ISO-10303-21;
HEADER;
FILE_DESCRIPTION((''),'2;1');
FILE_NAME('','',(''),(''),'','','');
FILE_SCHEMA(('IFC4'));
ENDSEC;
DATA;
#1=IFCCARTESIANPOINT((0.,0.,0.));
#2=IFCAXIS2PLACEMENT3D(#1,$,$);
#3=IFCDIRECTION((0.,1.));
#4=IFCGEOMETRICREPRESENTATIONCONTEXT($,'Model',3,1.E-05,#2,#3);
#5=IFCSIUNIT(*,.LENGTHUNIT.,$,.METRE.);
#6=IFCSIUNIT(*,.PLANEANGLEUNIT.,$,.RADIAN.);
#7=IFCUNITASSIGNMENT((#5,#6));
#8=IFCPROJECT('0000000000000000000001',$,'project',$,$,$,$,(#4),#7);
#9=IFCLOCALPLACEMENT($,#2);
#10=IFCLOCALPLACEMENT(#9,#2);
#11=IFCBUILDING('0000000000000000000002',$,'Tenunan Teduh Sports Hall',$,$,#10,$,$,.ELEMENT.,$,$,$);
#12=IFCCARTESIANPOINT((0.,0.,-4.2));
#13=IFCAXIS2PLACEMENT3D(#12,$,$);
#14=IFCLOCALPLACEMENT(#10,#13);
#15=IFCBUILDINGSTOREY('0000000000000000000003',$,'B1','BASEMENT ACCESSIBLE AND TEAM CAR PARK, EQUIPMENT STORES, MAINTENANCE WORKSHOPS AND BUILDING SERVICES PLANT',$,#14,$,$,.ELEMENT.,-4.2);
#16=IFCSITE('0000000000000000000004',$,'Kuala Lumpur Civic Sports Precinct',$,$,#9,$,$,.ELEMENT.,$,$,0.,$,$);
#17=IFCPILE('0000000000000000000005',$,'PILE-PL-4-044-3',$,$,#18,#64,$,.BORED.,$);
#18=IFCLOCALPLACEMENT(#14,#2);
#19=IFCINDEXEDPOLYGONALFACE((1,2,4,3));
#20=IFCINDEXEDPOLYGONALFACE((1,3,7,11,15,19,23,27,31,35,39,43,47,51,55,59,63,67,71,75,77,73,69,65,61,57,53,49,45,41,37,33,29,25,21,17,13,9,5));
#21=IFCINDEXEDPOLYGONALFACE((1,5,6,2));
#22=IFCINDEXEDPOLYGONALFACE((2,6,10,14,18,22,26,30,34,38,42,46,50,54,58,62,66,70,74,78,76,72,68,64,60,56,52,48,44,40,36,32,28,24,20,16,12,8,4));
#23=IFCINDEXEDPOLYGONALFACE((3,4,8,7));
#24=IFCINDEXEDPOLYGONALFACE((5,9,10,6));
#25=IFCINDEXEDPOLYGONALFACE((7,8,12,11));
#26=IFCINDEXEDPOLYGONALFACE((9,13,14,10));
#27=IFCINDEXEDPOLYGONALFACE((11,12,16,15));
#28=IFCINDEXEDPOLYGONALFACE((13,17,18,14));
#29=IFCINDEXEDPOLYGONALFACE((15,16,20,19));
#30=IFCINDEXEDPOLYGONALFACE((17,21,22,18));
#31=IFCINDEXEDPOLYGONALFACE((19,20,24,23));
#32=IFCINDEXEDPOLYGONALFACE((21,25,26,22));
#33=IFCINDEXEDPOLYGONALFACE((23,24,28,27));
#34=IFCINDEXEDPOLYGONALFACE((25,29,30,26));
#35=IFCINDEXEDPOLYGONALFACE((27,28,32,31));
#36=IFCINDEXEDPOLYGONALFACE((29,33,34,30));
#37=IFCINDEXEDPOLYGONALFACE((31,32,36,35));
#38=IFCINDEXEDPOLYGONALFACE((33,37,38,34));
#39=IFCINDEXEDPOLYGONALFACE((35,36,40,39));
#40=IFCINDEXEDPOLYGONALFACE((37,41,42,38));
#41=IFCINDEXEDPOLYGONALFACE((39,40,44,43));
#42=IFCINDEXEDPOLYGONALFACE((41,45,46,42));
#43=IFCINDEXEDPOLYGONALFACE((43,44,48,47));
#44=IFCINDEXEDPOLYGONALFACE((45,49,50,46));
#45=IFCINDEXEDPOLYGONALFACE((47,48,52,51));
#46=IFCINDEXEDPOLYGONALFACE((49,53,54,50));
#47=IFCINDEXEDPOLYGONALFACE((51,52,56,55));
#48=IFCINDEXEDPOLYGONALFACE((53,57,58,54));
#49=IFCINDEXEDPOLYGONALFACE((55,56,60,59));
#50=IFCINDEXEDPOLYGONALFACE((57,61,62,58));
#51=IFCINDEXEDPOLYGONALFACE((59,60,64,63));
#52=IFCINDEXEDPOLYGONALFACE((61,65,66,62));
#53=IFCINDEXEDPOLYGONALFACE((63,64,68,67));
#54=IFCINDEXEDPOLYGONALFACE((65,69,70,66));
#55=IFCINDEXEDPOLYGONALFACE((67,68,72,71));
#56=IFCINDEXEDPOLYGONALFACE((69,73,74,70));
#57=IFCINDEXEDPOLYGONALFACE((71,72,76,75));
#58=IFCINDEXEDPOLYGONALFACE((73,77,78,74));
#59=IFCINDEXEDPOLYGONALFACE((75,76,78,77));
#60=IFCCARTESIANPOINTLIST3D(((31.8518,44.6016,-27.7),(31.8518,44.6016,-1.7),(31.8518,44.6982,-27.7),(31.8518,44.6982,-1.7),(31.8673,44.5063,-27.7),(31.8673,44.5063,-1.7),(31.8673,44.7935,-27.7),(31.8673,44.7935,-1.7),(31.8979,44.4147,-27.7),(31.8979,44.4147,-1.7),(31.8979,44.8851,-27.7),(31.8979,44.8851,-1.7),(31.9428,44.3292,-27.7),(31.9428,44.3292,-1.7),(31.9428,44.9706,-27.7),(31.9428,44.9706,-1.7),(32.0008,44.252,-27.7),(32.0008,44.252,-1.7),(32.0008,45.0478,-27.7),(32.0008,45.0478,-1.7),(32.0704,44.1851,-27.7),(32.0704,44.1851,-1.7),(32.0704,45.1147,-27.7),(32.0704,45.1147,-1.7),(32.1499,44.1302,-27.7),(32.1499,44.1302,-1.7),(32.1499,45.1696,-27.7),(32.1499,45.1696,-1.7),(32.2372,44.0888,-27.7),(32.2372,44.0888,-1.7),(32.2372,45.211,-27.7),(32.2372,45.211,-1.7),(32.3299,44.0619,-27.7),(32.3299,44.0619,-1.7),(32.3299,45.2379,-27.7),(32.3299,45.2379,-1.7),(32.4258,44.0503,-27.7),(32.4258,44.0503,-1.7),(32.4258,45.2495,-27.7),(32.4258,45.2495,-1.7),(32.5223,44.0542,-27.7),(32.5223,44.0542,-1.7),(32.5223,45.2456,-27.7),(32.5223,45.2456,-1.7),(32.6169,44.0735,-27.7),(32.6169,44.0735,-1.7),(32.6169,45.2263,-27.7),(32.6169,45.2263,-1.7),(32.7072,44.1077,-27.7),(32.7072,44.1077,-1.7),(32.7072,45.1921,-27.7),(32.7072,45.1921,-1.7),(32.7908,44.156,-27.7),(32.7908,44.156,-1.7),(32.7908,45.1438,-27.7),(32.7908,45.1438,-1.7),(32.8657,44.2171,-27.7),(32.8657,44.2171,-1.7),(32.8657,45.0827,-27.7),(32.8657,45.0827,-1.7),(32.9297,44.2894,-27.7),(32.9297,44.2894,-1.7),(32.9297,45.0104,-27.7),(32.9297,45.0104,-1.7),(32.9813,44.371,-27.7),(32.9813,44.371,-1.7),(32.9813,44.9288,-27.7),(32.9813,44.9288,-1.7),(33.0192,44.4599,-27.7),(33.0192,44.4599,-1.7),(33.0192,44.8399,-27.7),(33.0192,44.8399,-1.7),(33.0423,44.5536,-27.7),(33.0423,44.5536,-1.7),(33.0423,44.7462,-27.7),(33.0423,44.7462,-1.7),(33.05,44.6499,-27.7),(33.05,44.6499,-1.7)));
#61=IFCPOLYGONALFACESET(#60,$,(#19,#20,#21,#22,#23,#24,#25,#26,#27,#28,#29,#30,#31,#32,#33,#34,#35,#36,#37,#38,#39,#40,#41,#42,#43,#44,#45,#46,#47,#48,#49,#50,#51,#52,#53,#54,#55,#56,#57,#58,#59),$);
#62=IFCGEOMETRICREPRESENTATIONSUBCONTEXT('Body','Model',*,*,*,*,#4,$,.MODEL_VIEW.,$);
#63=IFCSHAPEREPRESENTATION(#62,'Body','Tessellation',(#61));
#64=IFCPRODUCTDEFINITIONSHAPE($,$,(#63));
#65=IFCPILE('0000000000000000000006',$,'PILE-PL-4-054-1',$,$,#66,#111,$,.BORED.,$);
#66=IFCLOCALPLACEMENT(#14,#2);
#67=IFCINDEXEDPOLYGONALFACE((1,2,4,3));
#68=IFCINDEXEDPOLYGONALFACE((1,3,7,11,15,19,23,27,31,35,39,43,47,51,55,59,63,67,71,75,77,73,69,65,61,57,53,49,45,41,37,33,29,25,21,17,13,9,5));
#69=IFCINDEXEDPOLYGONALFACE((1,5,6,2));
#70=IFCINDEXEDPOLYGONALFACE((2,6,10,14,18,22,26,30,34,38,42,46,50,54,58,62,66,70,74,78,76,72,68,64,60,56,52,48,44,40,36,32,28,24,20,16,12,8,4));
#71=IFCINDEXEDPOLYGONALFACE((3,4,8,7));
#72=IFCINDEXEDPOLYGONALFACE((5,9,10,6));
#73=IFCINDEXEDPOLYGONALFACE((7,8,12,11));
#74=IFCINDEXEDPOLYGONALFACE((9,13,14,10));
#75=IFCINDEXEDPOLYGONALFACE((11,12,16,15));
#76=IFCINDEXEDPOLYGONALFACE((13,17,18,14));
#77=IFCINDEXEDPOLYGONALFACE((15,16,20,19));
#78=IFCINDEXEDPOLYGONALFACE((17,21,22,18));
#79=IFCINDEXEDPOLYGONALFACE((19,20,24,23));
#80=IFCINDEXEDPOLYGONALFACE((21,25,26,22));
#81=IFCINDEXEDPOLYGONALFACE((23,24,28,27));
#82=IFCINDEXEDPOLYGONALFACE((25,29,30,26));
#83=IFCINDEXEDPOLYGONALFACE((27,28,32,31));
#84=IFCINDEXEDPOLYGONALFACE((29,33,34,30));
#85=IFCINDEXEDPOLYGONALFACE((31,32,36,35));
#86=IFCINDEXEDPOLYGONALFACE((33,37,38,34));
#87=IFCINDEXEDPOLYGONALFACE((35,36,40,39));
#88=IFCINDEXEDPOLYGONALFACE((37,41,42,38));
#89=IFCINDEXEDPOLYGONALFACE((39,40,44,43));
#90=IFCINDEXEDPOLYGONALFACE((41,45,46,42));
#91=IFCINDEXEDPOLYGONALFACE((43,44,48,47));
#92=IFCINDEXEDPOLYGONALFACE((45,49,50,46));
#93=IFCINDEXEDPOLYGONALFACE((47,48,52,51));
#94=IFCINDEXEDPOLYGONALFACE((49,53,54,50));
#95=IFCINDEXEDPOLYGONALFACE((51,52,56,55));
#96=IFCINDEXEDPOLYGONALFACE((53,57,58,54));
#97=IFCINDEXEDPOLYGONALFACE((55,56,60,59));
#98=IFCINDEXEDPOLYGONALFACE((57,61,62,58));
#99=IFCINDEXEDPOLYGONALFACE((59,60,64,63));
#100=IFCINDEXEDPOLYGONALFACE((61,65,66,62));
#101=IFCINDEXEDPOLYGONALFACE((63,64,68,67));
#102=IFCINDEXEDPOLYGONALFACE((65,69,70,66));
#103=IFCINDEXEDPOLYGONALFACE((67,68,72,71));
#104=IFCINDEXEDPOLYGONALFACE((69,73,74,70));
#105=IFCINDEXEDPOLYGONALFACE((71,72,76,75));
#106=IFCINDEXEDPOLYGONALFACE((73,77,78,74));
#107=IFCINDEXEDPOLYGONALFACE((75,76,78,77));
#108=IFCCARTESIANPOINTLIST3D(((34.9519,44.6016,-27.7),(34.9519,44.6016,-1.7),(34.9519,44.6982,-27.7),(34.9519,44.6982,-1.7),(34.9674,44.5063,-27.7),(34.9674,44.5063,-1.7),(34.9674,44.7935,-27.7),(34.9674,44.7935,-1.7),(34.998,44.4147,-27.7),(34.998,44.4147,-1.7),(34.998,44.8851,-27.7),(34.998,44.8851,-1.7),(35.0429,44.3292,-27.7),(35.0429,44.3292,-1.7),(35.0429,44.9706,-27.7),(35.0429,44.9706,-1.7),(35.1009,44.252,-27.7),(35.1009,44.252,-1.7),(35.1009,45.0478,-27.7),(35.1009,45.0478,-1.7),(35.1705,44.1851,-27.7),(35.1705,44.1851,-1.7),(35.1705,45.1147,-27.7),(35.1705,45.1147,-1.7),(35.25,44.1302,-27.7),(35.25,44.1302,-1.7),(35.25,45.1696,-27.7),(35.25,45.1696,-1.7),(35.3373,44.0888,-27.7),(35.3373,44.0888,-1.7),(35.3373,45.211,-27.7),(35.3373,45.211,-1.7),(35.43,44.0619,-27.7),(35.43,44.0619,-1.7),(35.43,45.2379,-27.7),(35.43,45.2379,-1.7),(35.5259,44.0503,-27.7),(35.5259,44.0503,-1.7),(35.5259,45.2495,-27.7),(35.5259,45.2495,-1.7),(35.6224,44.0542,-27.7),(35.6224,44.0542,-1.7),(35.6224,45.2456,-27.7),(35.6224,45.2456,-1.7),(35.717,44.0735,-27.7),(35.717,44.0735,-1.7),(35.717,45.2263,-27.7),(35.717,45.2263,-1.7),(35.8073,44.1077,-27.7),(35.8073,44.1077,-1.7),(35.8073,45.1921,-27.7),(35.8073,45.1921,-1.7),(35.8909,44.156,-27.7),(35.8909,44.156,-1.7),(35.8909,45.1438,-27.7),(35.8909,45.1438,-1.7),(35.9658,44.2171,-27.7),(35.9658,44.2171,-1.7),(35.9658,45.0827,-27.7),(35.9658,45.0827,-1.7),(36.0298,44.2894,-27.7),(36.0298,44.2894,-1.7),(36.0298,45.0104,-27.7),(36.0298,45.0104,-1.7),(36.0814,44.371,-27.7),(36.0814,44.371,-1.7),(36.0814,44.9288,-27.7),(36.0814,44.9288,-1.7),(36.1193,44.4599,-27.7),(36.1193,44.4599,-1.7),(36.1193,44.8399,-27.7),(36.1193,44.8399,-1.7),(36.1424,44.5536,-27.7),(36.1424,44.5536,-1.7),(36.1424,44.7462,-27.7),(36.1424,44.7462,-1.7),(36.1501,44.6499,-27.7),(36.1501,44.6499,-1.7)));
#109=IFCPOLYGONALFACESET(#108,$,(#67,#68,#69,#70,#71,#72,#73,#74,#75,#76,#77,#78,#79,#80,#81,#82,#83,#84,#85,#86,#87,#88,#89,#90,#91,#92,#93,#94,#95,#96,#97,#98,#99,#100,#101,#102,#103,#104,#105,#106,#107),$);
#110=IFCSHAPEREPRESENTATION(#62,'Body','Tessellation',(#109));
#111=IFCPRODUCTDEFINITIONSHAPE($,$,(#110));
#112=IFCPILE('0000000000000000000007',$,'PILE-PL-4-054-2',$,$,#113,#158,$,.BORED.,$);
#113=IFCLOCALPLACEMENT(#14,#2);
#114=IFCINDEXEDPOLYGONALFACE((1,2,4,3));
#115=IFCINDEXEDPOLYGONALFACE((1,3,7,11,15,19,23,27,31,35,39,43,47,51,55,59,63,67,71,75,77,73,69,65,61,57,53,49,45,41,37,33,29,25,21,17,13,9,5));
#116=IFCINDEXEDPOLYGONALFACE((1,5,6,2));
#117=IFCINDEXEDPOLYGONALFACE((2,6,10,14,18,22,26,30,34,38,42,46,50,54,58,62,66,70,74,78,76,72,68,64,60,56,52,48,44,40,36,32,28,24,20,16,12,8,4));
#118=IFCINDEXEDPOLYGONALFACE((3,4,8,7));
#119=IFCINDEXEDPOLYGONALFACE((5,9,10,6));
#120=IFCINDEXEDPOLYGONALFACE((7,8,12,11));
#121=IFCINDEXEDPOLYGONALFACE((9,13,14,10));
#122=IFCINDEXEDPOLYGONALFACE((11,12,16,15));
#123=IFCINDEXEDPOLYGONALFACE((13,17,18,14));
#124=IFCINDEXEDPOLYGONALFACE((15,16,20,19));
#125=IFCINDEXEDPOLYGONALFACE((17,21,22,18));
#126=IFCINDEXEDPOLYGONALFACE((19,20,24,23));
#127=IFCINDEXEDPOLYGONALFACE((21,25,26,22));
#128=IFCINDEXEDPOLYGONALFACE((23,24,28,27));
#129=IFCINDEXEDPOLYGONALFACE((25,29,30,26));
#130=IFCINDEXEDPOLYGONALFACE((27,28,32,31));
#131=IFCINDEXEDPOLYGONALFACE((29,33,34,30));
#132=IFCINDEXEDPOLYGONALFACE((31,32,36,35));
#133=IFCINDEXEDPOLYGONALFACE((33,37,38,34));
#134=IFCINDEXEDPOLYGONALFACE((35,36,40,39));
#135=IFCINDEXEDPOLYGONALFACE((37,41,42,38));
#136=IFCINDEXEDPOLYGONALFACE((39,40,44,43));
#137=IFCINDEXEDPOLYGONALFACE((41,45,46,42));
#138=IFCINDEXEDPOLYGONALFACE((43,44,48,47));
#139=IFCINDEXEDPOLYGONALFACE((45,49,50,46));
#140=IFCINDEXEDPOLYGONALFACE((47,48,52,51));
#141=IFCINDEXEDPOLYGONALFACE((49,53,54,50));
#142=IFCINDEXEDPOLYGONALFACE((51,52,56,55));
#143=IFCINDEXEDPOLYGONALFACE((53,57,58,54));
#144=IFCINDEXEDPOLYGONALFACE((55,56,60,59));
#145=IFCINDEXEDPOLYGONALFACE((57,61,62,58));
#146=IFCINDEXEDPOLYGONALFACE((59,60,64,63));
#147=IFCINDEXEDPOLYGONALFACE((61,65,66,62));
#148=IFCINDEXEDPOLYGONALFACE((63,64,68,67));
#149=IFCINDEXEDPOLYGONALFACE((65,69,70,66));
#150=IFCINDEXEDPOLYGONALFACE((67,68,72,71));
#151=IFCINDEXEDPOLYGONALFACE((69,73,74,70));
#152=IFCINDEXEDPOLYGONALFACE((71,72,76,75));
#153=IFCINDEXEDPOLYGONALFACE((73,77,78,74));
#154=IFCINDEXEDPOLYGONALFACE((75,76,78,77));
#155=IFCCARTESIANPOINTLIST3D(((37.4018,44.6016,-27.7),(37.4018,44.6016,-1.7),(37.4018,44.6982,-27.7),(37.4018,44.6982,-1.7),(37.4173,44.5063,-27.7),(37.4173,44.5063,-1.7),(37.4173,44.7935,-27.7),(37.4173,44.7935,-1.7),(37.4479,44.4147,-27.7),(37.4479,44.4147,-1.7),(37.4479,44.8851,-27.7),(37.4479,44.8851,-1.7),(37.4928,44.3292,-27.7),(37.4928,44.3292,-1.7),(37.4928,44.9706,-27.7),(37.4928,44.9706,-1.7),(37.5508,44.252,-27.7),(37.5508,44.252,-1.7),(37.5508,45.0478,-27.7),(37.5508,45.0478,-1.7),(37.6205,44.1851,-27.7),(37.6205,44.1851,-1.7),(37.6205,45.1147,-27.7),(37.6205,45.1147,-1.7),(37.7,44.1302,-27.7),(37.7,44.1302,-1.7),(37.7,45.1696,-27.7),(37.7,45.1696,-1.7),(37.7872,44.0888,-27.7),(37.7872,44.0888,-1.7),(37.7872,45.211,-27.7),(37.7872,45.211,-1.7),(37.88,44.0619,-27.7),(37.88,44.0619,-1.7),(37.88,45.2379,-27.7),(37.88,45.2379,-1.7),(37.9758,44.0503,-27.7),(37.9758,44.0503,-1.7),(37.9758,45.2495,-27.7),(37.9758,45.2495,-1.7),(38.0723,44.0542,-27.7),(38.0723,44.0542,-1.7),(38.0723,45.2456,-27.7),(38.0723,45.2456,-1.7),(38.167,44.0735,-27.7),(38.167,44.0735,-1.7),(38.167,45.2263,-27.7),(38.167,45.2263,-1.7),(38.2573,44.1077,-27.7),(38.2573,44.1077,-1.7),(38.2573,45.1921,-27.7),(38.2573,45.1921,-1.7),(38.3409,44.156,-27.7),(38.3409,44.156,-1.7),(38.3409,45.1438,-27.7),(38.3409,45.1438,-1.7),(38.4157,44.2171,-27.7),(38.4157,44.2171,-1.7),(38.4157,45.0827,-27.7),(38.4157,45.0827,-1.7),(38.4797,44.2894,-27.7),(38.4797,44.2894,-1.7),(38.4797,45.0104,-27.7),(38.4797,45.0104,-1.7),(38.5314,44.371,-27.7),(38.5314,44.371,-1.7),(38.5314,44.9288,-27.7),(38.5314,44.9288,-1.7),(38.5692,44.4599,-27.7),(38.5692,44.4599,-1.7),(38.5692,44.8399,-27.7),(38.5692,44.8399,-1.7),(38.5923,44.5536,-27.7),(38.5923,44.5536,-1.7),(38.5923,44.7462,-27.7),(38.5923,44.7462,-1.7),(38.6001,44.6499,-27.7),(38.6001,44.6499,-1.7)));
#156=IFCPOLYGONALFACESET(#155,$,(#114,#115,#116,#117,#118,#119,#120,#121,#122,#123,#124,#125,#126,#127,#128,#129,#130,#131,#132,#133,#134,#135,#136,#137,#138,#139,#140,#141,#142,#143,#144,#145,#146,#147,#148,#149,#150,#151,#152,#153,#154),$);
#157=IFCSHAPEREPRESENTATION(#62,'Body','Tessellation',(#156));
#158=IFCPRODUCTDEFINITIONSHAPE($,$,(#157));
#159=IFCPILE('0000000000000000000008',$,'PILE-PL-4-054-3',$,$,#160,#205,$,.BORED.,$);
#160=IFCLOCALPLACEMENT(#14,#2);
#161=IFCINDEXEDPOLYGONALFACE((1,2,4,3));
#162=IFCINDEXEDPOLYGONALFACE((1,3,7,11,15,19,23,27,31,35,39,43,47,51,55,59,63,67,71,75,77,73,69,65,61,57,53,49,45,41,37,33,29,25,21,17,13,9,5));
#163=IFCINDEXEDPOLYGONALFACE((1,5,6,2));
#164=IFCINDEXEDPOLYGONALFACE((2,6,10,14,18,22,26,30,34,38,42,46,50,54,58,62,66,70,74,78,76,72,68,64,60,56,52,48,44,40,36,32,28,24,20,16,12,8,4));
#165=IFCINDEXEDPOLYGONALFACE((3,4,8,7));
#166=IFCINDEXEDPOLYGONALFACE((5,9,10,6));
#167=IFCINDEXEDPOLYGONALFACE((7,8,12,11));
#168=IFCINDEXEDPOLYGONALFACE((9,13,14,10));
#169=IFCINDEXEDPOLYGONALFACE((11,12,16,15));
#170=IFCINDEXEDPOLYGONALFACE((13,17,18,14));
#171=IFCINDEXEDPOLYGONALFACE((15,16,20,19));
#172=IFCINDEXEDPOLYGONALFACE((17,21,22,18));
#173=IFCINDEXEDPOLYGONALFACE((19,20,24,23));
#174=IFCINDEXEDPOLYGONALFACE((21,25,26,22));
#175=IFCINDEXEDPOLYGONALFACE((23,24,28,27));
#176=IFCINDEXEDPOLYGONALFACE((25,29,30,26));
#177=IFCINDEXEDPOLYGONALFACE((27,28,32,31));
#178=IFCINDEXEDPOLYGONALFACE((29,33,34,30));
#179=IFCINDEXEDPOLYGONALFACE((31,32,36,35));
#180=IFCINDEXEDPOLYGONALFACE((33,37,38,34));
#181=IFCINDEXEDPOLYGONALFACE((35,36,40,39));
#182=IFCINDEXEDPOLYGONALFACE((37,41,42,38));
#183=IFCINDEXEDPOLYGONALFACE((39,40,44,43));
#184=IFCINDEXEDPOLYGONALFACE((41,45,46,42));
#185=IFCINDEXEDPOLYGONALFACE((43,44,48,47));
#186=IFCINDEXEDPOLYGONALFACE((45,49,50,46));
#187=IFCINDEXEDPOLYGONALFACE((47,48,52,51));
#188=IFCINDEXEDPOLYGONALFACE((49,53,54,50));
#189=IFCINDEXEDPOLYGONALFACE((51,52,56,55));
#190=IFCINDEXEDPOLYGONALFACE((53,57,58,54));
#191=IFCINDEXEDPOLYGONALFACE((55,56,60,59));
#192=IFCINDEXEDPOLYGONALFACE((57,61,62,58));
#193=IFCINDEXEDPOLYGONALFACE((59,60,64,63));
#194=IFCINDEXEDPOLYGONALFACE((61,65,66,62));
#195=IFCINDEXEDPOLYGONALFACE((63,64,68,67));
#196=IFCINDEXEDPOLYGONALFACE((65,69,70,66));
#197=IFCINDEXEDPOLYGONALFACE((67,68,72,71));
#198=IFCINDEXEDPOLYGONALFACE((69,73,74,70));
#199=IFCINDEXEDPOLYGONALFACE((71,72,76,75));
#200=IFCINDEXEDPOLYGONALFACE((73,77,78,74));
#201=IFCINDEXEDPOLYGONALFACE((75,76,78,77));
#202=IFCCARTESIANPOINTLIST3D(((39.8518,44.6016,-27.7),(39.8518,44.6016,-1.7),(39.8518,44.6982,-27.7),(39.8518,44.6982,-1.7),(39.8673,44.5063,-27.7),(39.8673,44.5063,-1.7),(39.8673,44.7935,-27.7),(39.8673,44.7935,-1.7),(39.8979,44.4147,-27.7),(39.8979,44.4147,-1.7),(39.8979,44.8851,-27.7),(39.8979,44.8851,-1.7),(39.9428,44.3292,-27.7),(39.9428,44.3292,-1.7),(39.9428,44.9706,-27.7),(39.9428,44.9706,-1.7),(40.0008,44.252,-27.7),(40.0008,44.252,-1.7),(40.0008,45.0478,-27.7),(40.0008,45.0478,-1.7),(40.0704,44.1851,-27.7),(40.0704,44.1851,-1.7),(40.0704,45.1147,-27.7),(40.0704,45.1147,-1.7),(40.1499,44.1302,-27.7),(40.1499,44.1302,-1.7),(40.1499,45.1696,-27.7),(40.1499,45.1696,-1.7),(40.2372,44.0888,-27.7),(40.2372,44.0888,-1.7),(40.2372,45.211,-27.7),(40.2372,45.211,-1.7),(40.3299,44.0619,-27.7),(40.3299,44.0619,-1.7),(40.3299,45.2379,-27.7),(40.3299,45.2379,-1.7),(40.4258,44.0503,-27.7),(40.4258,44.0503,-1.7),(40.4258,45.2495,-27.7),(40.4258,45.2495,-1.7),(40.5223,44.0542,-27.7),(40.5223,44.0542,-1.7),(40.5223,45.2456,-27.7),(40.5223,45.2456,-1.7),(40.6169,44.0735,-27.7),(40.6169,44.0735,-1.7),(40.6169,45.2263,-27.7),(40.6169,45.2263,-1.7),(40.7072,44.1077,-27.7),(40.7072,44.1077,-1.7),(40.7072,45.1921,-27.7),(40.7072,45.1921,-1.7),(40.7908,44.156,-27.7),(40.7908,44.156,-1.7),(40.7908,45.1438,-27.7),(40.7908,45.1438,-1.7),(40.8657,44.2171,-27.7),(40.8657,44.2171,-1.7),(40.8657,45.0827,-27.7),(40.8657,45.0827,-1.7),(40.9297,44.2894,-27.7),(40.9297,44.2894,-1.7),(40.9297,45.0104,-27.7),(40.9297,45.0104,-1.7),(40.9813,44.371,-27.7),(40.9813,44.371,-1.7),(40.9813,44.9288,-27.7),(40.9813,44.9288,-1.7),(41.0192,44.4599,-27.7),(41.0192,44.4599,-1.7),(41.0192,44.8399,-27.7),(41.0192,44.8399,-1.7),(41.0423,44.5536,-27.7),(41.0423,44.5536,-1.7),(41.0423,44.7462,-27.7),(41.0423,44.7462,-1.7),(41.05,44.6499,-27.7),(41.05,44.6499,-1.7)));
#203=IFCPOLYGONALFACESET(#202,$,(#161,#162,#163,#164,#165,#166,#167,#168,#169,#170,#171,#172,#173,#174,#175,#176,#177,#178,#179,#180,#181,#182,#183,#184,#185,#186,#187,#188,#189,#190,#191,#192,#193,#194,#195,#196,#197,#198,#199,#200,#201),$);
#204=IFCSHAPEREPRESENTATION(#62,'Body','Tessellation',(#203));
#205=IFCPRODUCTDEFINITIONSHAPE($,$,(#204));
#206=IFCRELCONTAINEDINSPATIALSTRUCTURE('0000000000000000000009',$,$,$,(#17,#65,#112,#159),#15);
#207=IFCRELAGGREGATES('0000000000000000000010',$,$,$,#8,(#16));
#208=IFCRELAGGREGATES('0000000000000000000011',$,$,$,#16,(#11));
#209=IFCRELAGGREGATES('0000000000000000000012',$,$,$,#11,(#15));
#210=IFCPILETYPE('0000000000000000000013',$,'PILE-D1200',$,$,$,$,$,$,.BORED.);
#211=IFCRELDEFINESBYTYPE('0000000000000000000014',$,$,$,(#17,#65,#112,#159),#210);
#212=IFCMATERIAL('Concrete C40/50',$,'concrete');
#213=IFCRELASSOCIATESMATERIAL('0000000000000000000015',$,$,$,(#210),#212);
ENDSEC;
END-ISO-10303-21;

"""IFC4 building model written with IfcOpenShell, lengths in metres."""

from ifc_helpers import new_model, si_unit, direction, frame, origin, origin_2d, place, context, subcontext, project, spatial, circle, extrude, material, material_profile, profile_set, type_object, element, save


model = new_model("IFC4")

# Units and contexts
model_context = context("Model", 3, precision=1e-05, world=origin(), true_north=direction((0.0, 1.0)))
body_context = subcontext(model_context, "Body", "Model", "MODEL_VIEW")
ifc_project = project(units=[si_unit("LENGTHUNIT", "METRE"), si_unit("PLANEANGLEUNIT", "RADIAN")], contexts=[model_context])

# Site, building, storey
site_placement = place(None, origin())
site = spatial("IfcSite", under=ifc_project, at=site_placement, Name="Kuala Lumpur Civic Sports Precinct", CompositionType="ELEMENT", RefElevation=0.0)
building_placement = place(site_placement, origin())
building = spatial("IfcBuilding", under=site, at=building_placement, Name="Tenunan Teduh Sports Hall", CompositionType="ELEMENT")
storey_placement = place(building_placement, frame((0.0, 0.0, -4.2)))
storey = spatial("IfcBuildingStorey", under=building, at=storey_placement, Name="B1", Description="BASEMENT ACCESSIBLE AND TEAM CAR PARK, EQUIPMENT STORES, MAINTENANCE WORKSHOPS AND BUILDING SERVICES PLANT", CompositionType="ELEMENT", Elevation=-4.2)

# Piles
ifc_material_1 = material(Name="Concrete C40/50", Category="concrete")
ifc_material_profile_1 = material_profile(ifc_material_1, circle(Radius=0.6001, at=origin_2d()), Name="PILE D1200")
ifc_profile_set_1 = profile_set([ifc_material_profile_1], Name="Concrete C40/50")
pile_type_1 = type_object("IfcPileType", Name="PILE-D1200", PredefinedType="BORED", material=ifc_profile_set_1)
for number, where, z_axis, x_axis, name in (
    (1, (32.45, 44.6499, -1.7), (0.0, 0.0, -1.0), (1.0, 0.0, 0.0), "PILE-PL-4-044-3"),
    (2, (35.55, 44.6499, -1.7), (0.0, 0.0, -1.0), (1.0, 0.0, 0.0), "PILE-PL-4-054-1"),
    (3, (38.0, 44.6499, -1.7), (0.0, 0.0, -1.0), (1.0, 0.0, 0.0), "PILE-PL-4-054-2"),
    (4, (40.45, 44.6499, -1.7), (0.0, 0.0, -1.0), (1.0, 0.0, 0.0), "PILE-PL-4-054-3"),
):
    element("IfcPile", number, at=place(storey_placement, frame(where, z_axis=z_axis, x_axis=x_axis)), inside=storey, type_object=pile_type_1, Name=name, PredefinedType="BORED", context=body_context, shape_type="SweptSolid", body=[
        extrude(circle(Radius=0.6001, at=origin_2d()), origin(), (0.0, 0.0, 1.0), 26.0),
    ])

save(model, "model.ifc")
